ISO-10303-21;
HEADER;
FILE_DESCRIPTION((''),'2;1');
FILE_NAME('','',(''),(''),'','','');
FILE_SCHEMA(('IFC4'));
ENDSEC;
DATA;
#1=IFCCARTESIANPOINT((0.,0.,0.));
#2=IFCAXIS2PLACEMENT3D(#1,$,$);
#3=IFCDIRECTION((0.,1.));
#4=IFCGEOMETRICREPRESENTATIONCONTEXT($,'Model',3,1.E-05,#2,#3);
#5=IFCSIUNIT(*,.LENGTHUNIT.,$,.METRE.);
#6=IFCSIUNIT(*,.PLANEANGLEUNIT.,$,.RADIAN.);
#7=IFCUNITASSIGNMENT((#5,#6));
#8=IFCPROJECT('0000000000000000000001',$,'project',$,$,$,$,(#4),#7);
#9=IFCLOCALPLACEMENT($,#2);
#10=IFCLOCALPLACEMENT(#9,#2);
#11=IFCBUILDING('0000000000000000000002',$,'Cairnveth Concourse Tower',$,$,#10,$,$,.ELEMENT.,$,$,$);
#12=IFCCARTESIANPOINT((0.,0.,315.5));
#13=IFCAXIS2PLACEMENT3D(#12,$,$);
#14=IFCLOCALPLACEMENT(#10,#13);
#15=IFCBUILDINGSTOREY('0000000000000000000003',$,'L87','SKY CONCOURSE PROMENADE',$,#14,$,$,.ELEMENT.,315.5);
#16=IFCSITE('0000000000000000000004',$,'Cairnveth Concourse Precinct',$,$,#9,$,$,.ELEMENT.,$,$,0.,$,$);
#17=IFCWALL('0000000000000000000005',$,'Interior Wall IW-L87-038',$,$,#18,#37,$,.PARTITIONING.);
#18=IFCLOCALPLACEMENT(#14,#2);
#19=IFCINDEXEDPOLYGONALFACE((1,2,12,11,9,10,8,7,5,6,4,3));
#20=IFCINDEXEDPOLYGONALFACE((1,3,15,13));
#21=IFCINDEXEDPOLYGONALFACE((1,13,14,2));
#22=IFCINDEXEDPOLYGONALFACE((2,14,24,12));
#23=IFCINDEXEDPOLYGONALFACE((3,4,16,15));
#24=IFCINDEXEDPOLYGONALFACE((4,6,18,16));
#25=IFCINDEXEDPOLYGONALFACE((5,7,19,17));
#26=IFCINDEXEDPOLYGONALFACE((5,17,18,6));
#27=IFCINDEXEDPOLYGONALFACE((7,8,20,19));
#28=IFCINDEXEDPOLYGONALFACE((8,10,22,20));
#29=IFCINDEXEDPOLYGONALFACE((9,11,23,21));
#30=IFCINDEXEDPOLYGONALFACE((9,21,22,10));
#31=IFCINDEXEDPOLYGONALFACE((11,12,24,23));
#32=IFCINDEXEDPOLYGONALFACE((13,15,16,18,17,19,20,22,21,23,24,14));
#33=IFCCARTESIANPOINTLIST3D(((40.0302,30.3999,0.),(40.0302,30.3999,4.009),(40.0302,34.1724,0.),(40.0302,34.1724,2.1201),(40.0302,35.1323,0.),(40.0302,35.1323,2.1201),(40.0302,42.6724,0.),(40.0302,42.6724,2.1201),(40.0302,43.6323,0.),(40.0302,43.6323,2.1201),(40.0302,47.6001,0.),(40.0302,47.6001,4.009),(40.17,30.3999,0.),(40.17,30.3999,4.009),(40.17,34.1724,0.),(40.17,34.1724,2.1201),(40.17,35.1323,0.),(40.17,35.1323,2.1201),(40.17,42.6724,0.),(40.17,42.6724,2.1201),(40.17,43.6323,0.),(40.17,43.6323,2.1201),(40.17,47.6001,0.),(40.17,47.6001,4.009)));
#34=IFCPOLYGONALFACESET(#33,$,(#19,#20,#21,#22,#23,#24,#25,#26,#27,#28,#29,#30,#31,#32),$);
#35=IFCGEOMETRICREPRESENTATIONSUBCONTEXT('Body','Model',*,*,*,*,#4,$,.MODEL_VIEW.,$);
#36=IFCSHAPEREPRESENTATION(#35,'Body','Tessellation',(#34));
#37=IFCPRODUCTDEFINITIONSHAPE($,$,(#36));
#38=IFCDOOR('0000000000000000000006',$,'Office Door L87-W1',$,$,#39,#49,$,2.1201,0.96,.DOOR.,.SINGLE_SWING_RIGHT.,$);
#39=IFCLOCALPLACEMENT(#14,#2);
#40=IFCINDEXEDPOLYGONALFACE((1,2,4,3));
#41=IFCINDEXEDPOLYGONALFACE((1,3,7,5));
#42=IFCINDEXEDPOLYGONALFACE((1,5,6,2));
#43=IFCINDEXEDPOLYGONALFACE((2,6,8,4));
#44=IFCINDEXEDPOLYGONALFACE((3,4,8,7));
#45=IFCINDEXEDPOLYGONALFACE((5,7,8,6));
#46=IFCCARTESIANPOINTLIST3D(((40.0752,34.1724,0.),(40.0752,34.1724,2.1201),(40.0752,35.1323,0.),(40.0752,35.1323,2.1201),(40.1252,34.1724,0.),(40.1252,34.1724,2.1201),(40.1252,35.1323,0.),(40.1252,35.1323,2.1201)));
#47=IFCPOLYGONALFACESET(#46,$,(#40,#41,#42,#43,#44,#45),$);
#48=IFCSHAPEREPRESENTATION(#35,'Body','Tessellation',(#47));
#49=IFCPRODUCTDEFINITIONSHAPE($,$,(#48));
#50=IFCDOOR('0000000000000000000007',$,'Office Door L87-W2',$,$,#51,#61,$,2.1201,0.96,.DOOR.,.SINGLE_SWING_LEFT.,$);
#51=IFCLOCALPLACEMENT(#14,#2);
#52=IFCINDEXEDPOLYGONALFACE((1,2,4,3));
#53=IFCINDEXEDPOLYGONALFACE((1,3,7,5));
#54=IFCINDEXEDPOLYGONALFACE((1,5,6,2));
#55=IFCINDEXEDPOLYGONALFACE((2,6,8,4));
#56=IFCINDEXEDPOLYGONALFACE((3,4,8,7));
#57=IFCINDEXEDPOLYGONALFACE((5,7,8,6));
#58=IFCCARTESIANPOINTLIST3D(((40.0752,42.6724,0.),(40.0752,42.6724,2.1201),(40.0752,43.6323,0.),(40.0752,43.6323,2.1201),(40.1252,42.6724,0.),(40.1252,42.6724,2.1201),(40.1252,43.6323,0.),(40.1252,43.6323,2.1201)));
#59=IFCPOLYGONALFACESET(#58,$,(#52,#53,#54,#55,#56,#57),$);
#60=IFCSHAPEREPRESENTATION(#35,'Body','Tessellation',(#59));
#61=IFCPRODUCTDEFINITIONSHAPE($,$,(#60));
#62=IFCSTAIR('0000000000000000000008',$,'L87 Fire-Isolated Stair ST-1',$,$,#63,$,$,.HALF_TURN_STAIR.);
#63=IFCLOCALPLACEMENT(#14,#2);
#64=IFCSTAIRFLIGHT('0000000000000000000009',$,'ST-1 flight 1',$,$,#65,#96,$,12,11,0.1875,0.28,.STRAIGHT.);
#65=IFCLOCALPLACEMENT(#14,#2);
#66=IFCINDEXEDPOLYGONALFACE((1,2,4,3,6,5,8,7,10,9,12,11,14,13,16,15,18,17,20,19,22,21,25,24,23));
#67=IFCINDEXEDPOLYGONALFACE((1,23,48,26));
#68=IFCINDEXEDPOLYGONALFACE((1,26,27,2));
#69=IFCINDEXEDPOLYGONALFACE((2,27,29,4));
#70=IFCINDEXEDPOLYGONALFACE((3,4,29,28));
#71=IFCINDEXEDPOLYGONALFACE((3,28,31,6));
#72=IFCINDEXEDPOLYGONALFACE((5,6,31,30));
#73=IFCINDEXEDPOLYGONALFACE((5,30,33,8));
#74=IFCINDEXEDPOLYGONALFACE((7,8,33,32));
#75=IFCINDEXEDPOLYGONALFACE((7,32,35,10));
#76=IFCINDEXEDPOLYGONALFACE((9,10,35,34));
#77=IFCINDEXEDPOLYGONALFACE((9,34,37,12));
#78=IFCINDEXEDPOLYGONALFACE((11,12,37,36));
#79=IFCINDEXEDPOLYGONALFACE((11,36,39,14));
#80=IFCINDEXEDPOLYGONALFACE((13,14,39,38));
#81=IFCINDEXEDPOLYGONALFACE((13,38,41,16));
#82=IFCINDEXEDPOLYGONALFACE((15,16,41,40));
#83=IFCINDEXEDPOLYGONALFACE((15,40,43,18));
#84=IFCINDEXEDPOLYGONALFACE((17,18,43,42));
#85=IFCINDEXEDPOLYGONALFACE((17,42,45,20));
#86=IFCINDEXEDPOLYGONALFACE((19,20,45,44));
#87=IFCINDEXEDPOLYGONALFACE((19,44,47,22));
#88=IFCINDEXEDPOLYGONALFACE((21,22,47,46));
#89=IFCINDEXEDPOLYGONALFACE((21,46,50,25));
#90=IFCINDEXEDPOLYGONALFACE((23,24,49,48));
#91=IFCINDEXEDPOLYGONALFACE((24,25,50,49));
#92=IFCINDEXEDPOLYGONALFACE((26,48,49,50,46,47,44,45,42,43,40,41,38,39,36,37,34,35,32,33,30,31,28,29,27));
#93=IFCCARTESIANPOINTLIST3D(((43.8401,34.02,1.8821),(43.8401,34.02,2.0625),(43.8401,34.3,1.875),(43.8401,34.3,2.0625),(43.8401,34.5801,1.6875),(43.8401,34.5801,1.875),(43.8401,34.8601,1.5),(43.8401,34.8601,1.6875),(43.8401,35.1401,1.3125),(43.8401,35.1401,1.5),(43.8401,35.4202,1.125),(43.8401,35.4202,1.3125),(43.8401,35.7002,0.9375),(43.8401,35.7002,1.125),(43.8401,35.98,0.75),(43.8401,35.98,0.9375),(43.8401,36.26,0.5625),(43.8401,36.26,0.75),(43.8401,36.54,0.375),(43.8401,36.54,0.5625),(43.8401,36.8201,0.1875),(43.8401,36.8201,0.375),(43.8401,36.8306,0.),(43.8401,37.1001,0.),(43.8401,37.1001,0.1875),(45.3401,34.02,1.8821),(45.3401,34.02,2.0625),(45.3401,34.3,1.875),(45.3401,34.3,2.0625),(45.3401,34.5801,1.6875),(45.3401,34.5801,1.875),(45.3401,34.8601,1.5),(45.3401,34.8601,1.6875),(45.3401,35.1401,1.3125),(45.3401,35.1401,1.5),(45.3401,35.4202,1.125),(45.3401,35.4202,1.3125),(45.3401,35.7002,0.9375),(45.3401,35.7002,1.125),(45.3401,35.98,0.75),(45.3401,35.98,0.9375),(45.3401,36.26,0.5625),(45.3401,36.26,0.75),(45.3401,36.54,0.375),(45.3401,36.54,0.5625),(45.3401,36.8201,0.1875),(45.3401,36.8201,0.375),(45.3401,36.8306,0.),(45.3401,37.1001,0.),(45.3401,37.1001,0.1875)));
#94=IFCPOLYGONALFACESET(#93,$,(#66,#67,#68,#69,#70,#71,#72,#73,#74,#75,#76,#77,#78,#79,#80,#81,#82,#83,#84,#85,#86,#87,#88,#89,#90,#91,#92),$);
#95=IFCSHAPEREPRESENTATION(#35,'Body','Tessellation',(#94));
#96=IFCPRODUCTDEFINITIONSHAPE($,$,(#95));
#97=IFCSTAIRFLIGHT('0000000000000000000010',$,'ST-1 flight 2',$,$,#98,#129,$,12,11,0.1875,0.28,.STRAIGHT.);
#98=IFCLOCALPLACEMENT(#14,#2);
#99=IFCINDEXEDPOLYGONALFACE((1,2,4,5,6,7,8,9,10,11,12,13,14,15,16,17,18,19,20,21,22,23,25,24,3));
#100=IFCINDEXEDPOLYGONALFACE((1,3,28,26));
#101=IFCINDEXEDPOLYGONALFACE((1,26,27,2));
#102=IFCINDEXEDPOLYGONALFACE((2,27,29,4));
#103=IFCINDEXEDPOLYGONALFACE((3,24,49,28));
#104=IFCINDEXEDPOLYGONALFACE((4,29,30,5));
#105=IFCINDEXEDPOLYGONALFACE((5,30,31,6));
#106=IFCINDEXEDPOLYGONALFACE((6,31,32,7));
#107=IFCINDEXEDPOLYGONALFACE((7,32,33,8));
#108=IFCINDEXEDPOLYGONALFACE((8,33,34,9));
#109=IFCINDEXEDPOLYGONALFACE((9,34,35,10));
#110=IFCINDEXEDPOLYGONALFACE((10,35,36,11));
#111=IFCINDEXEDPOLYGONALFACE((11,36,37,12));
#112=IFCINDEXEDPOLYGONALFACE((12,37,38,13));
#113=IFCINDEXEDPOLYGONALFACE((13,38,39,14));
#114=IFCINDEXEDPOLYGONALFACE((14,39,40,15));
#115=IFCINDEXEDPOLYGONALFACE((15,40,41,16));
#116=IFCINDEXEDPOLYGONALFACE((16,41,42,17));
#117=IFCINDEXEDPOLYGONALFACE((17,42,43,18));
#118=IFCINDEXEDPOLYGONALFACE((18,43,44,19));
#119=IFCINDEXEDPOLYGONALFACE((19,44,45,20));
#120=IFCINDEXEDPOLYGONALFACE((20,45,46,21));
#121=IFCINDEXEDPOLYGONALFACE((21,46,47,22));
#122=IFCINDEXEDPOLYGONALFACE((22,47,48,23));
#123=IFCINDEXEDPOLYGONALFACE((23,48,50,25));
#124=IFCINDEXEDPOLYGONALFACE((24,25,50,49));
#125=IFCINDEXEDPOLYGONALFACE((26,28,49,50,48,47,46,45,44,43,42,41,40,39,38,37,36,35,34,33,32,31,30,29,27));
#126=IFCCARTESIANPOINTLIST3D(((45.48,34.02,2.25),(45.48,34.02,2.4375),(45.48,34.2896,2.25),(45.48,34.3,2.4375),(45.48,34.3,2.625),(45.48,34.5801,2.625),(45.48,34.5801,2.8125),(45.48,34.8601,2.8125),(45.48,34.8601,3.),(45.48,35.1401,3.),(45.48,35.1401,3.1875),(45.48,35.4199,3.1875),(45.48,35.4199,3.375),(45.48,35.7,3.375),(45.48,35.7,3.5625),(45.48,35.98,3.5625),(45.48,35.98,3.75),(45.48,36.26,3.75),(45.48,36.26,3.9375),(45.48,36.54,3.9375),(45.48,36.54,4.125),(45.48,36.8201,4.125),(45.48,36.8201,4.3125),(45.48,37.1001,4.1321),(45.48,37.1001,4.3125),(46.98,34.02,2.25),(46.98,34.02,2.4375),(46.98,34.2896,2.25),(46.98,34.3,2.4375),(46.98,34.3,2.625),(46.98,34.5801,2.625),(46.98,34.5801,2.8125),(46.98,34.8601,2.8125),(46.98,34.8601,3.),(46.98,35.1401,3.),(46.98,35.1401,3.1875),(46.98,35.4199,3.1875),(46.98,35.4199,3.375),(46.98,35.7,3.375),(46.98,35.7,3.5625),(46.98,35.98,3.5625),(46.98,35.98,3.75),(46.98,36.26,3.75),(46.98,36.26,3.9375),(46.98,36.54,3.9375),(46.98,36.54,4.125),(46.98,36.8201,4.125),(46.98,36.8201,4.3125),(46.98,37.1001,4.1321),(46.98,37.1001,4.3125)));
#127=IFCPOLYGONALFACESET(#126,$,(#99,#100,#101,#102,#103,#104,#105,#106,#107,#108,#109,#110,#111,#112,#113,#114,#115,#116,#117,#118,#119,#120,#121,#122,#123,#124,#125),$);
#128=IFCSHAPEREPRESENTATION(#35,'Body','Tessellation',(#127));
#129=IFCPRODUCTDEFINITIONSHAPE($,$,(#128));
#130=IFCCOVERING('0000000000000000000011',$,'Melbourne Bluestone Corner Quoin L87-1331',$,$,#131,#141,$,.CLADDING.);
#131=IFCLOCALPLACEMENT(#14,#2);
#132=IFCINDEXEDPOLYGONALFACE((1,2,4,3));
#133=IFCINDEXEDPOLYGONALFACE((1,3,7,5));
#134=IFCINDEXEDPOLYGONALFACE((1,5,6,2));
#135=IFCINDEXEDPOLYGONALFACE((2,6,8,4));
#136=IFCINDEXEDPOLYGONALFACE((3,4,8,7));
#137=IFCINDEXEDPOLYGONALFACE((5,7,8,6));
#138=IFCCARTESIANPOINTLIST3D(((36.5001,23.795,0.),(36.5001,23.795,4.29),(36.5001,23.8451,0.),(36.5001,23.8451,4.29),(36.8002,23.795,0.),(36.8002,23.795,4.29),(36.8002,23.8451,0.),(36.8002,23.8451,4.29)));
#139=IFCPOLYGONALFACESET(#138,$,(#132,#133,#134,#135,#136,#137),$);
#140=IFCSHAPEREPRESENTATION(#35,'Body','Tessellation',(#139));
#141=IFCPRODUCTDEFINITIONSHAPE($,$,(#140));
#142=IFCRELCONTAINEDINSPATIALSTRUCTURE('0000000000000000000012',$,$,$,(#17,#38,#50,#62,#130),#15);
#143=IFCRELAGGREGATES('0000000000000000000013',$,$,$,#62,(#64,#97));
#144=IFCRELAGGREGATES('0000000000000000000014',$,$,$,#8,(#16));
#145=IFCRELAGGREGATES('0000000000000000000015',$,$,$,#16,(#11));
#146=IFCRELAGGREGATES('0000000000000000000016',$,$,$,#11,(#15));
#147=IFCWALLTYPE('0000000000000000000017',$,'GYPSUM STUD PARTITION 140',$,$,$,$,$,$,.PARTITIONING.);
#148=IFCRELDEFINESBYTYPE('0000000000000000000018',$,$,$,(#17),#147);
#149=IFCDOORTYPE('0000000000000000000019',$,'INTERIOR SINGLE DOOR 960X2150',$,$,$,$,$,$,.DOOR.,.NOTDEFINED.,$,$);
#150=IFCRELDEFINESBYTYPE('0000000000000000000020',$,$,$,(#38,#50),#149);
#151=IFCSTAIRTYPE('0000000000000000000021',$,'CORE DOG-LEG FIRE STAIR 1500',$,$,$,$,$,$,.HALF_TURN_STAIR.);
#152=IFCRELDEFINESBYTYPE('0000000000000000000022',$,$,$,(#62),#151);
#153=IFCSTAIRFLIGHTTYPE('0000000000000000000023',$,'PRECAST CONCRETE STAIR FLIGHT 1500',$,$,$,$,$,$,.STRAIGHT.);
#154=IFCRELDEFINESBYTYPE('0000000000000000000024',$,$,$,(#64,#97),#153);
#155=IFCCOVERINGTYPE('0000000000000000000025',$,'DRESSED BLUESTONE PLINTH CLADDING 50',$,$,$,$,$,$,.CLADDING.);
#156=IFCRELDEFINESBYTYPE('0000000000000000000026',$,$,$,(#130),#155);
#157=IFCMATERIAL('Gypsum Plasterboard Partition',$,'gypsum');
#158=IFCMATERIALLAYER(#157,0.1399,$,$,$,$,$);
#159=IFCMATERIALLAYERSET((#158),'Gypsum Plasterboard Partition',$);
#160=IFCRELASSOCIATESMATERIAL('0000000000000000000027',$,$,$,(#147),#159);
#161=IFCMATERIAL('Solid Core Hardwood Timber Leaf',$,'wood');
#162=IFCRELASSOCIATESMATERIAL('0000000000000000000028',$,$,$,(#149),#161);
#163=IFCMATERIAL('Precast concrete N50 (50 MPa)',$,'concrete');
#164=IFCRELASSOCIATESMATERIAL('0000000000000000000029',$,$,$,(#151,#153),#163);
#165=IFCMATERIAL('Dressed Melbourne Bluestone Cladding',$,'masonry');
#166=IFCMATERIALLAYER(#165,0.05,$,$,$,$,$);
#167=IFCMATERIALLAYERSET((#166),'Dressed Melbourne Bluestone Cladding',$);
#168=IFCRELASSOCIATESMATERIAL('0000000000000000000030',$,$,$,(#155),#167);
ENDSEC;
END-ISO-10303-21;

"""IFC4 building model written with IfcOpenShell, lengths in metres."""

from ifc_helpers import new_model, si_unit, direction, frame, frame_2d, origin, place, context, subcontext, project, spatial, polyline, rectangle, outline, extrude, material, layer, layer_set, type_object, element, fill, aggregate, save


model = new_model("IFC4")

# Units and contexts
model_context = context("Model", 3, precision=1e-05, world=origin(), true_north=direction((0.0, 1.0)))
body_context = subcontext(model_context, "Body", "Model", "MODEL_VIEW")
ifc_project = project(units=[si_unit("LENGTHUNIT", "METRE"), si_unit("PLANEANGLEUNIT", "RADIAN")], contexts=[model_context])

# Site, building, storey
site_placement = place(None, origin())
site = spatial("IfcSite", under=ifc_project, at=site_placement, Name="Cairnveth Concourse Precinct", CompositionType="ELEMENT", RefElevation=0.0)
building_placement = place(site_placement, origin())
building = spatial("IfcBuilding", under=site, at=building_placement, Name="Cairnveth Concourse Tower", CompositionType="ELEMENT")
storey_placement = place(building_placement, frame((0.0, 0.0, 315.5)))
storey = spatial("IfcBuildingStorey", under=building, at=storey_placement, Name="L87", Description="SKY CONCOURSE PROMENADE", CompositionType="ELEMENT", Elevation=315.5)

# Shared definitions
ifc_material_1 = material(Name="Gypsum Plasterboard Partition", Category="gypsum")

# Wall, openings, doors
ifc_layer_1 = layer(ifc_material_1, 0.1399)
ifc_layer_set_1 = layer_set([ifc_layer_1], Name="Gypsum Plasterboard Partition")
wall_type_1 = type_object("IfcWallType", Name="GYPSUM STUD PARTITION 140", PredefinedType="PARTITIONING", material=ifc_layer_set_1)
wall_1_placement = place(storey_placement, frame((40.1001, 30.3999, 0.0), z_axis=(0.0, 0.0, 1.0), x_axis=(0.0, 1.0, 0.0)))
wall_1 = element("IfcWall", 1, at=wall_1_placement, inside=storey, type_object=wall_type_1, Name="Interior Wall IW-L87-038", PredefinedType="PARTITIONING", context=body_context, shape_type="SweptSolid", body=[
    extrude(rectangle(XDim=17.2002, YDim=0.1399, at=frame_2d((8.6001, 0.0))), origin(), (0.0, 0.0, 1.0), 4.009),
])
opening_1_placement = place(wall_1_placement, frame((3.7725, 0.0, 0.0)))
opening_1 = element("IfcOpeningElement", 2, at=opening_1_placement, cuts=wall_1, PredefinedType="OPENING", context=body_context, shape_type="SweptSolid", body=[
    extrude(rectangle(XDim=0.96, YDim=2.1201, at=frame_2d((0.48, 1.0601))), frame((0.0, 0.0798, 0.0), z_axis=(0.0, -1.0, 0.0), x_axis=(1.0, 0.0, 0.0)), (0.0, 0.0, 1.0), 0.1599),
])
opening_2_placement = place(wall_1_placement, frame((12.2725, 0.0, 0.0)))
opening_2 = element("IfcOpeningElement", 3, at=opening_2_placement, cuts=wall_1, PredefinedType="OPENING", context=body_context, shape_type="SweptSolid", body=[
    extrude(rectangle(XDim=0.96, YDim=2.1201, at=frame_2d((0.48, 1.0601))), frame((0.0, 0.0798, 0.0), z_axis=(0.0, -1.0, 0.0), x_axis=(1.0, 0.0, 0.0)), (0.0, 0.0, 1.0), 0.1599),
])
ifc_material_2 = material(Name="Solid Core Hardwood Timber Leaf", Category="wood")
door_type_1 = type_object("IfcDoorType", Name="INTERIOR SINGLE DOOR 960X2150", OperationType="NOTDEFINED", PredefinedType="DOOR", material=ifc_material_2)
door_1_placement = place(opening_1_placement, origin())
door_1 = element("IfcDoor", 4, at=door_1_placement, inside=storey, type_object=door_type_1, Name="Office Door L87-W1", OperationType="SINGLE_SWING_RIGHT", OverallHeight=2.1201, OverallWidth=0.96, PredefinedType="DOOR", context=body_context, shape_type="SweptSolid", body=[
    extrude(rectangle(XDim=0.96, YDim=2.1201, at=frame_2d((0.48, 1.0601))), frame((0.0, 0.0249, 0.0), z_axis=(0.0, -1.0, 0.0), x_axis=(1.0, 0.0, 0.0)), (0.0, 0.0, 1.0), 0.05),
])
fill(opening_1, door_1)
door_2_placement = place(opening_2_placement, origin())
door_2 = element("IfcDoor", 5, at=door_2_placement, inside=storey, type_object=door_type_1, Name="Office Door L87-W2", OperationType="SINGLE_SWING_LEFT", OverallHeight=2.1201, OverallWidth=0.96, PredefinedType="DOOR", context=body_context, shape_type="SweptSolid", body=[
    extrude(rectangle(XDim=0.96, YDim=2.1201, at=frame_2d((0.48, 1.0601))), frame((0.0, 0.0249, 0.0), z_axis=(0.0, -1.0, 0.0), x_axis=(1.0, 0.0, 0.0)), (0.0, 0.0, 1.0), 0.05),
])
fill(opening_2, door_2)

# Stair, stair flights
ifc_material_3 = material(Name="Precast concrete N50 (50 MPa)", Category="concrete")
stair_type = type_object("IfcStairType", Name="CORE DOG-LEG FIRE STAIR 1500", PredefinedType="HALF_TURN_STAIR", material=ifc_material_3)
stair_placement = place(storey_placement, origin())
stair = element("IfcStair", 6, at=stair_placement, inside=storey, type_object=stair_type, Name="L87 Fire-Isolated Stair ST-1", PredefinedType="HALF_TURN_STAIR")
stair_flight_type = type_object("IfcStairFlightType", Name="PRECAST CONCRETE STAIR FLIGHT 1500", PredefinedType="STRAIGHT", material=ifc_material_3)
stair_flight_1_placement = place(storey_placement, frame((44.5901, 37.1001, 0.0), z_axis=(0.0, 0.0, 1.0), x_axis=(0.0, -1.0, 0.0)))
stair_flight_1 = element("IfcStairFlight", 7, at=stair_flight_1_placement, type_object=stair_flight_type, Name="ST-1 flight 1", NumberOfRisers=12, NumberOfTreads=11, PredefinedType="STRAIGHT", RiserHeight=0.1875, TreadLength=0.28, context=body_context, shape_type="SweptSolid", body=[
    extrude(outline(polyline([(0.0, 0.0), (0.0, 0.1875), (0.28, 0.1875), (0.28, 0.375), (0.5601, 0.375), (0.5601, 0.5625), (0.8401, 0.5625), (0.8401, 0.75), (1.1201, 0.75), (1.1201, 0.9375), (1.3999, 0.9375), (1.3999, 1.125), (1.6799, 1.125), (1.6799, 1.3125), (1.96, 1.3125), (1.96, 1.5), (2.24, 1.5), (2.24, 1.6875), (2.52, 1.6875), (2.52, 1.875), (2.8, 1.875), (2.8, 2.0625), (3.0801, 2.0625), (3.0801, 2.25), (3.0801, 1.8821), (0.2695, 0.0), (0.0, 0.0)])), frame((0.0, 0.75, 0.0), z_axis=(0.0, -1.0, 0.0), x_axis=(1.0, 0.0, 0.0)), (0.0, 0.0, 1.0), 1.5),
])
stair_flight_2_placement = place(storey_placement, frame((46.23, 34.02, 2.25), z_axis=(0.0, 0.0, 1.0), x_axis=(0.0, 1.0, 0.0)))
stair_flight_2 = element("IfcStairFlight", 8, at=stair_flight_2_placement, type_object=stair_flight_type, Name="ST-1 flight 2", NumberOfRisers=12, NumberOfTreads=11, PredefinedType="STRAIGHT", RiserHeight=0.1875, TreadLength=0.28, context=body_context, shape_type="SweptSolid", body=[
    extrude(outline(polyline([(0.0, 0.0), (0.0, 0.1875), (0.28, 0.1875), (0.28, 0.375), (0.5601, 0.375), (0.5601, 0.5625), (0.8401, 0.5625), (0.8401, 0.75), (1.1201, 0.75), (1.1201, 0.9375), (1.3999, 0.9375), (1.3999, 1.125), (1.6799, 1.125), (1.6799, 1.3125), (1.96, 1.3125), (1.96, 1.5), (2.24, 1.5), (2.24, 1.6875), (2.52, 1.6875), (2.52, 1.875), (2.8, 1.875), (2.8, 2.0625), (3.0801, 2.0625), (3.0801, 2.25), (3.0801, 1.8821), (0.2695, 0.0), (0.0, 0.0)])), frame((0.0, 0.75, 0.0), z_axis=(0.0, -1.0, 0.0), x_axis=(1.0, 0.0, 0.0)), (0.0, 0.0, 1.0), 1.5),
])
aggregate(stair, [stair_flight_1, stair_flight_2])

# Covering
ifc_material_4 = material(Name="Dressed Melbourne Bluestone Cladding", Category="masonry")
ifc_layer_2 = layer(ifc_material_4, 0.05)
ifc_layer_set_2 = layer_set([ifc_layer_2], Name="Dressed Melbourne Bluestone Cladding")
covering_type = type_object("IfcCoveringType", Name="DRESSED BLUESTONE PLINTH CLADDING 50", PredefinedType="CLADDING", material=ifc_layer_set_2)
covering_placement = place(storey_placement, frame((36.8, 23.8201, 0.0), z_axis=(0.0, 0.0, 1.0), x_axis=(-1.0, 0.0, 0.0)))
element("IfcCovering", 9, at=covering_placement, inside=storey, type_object=covering_type, Name="Melbourne Bluestone Corner Quoin L87-1331", PredefinedType="CLADDING", context=body_context, shape_type="SweptSolid", body=[
    extrude(rectangle(XDim=0.3, YDim=0.05, at=frame_2d((0.1499, 0.0))), origin(), (0.0, 0.0, 1.0), 4.29),
])

save(model, "model.ifc")
